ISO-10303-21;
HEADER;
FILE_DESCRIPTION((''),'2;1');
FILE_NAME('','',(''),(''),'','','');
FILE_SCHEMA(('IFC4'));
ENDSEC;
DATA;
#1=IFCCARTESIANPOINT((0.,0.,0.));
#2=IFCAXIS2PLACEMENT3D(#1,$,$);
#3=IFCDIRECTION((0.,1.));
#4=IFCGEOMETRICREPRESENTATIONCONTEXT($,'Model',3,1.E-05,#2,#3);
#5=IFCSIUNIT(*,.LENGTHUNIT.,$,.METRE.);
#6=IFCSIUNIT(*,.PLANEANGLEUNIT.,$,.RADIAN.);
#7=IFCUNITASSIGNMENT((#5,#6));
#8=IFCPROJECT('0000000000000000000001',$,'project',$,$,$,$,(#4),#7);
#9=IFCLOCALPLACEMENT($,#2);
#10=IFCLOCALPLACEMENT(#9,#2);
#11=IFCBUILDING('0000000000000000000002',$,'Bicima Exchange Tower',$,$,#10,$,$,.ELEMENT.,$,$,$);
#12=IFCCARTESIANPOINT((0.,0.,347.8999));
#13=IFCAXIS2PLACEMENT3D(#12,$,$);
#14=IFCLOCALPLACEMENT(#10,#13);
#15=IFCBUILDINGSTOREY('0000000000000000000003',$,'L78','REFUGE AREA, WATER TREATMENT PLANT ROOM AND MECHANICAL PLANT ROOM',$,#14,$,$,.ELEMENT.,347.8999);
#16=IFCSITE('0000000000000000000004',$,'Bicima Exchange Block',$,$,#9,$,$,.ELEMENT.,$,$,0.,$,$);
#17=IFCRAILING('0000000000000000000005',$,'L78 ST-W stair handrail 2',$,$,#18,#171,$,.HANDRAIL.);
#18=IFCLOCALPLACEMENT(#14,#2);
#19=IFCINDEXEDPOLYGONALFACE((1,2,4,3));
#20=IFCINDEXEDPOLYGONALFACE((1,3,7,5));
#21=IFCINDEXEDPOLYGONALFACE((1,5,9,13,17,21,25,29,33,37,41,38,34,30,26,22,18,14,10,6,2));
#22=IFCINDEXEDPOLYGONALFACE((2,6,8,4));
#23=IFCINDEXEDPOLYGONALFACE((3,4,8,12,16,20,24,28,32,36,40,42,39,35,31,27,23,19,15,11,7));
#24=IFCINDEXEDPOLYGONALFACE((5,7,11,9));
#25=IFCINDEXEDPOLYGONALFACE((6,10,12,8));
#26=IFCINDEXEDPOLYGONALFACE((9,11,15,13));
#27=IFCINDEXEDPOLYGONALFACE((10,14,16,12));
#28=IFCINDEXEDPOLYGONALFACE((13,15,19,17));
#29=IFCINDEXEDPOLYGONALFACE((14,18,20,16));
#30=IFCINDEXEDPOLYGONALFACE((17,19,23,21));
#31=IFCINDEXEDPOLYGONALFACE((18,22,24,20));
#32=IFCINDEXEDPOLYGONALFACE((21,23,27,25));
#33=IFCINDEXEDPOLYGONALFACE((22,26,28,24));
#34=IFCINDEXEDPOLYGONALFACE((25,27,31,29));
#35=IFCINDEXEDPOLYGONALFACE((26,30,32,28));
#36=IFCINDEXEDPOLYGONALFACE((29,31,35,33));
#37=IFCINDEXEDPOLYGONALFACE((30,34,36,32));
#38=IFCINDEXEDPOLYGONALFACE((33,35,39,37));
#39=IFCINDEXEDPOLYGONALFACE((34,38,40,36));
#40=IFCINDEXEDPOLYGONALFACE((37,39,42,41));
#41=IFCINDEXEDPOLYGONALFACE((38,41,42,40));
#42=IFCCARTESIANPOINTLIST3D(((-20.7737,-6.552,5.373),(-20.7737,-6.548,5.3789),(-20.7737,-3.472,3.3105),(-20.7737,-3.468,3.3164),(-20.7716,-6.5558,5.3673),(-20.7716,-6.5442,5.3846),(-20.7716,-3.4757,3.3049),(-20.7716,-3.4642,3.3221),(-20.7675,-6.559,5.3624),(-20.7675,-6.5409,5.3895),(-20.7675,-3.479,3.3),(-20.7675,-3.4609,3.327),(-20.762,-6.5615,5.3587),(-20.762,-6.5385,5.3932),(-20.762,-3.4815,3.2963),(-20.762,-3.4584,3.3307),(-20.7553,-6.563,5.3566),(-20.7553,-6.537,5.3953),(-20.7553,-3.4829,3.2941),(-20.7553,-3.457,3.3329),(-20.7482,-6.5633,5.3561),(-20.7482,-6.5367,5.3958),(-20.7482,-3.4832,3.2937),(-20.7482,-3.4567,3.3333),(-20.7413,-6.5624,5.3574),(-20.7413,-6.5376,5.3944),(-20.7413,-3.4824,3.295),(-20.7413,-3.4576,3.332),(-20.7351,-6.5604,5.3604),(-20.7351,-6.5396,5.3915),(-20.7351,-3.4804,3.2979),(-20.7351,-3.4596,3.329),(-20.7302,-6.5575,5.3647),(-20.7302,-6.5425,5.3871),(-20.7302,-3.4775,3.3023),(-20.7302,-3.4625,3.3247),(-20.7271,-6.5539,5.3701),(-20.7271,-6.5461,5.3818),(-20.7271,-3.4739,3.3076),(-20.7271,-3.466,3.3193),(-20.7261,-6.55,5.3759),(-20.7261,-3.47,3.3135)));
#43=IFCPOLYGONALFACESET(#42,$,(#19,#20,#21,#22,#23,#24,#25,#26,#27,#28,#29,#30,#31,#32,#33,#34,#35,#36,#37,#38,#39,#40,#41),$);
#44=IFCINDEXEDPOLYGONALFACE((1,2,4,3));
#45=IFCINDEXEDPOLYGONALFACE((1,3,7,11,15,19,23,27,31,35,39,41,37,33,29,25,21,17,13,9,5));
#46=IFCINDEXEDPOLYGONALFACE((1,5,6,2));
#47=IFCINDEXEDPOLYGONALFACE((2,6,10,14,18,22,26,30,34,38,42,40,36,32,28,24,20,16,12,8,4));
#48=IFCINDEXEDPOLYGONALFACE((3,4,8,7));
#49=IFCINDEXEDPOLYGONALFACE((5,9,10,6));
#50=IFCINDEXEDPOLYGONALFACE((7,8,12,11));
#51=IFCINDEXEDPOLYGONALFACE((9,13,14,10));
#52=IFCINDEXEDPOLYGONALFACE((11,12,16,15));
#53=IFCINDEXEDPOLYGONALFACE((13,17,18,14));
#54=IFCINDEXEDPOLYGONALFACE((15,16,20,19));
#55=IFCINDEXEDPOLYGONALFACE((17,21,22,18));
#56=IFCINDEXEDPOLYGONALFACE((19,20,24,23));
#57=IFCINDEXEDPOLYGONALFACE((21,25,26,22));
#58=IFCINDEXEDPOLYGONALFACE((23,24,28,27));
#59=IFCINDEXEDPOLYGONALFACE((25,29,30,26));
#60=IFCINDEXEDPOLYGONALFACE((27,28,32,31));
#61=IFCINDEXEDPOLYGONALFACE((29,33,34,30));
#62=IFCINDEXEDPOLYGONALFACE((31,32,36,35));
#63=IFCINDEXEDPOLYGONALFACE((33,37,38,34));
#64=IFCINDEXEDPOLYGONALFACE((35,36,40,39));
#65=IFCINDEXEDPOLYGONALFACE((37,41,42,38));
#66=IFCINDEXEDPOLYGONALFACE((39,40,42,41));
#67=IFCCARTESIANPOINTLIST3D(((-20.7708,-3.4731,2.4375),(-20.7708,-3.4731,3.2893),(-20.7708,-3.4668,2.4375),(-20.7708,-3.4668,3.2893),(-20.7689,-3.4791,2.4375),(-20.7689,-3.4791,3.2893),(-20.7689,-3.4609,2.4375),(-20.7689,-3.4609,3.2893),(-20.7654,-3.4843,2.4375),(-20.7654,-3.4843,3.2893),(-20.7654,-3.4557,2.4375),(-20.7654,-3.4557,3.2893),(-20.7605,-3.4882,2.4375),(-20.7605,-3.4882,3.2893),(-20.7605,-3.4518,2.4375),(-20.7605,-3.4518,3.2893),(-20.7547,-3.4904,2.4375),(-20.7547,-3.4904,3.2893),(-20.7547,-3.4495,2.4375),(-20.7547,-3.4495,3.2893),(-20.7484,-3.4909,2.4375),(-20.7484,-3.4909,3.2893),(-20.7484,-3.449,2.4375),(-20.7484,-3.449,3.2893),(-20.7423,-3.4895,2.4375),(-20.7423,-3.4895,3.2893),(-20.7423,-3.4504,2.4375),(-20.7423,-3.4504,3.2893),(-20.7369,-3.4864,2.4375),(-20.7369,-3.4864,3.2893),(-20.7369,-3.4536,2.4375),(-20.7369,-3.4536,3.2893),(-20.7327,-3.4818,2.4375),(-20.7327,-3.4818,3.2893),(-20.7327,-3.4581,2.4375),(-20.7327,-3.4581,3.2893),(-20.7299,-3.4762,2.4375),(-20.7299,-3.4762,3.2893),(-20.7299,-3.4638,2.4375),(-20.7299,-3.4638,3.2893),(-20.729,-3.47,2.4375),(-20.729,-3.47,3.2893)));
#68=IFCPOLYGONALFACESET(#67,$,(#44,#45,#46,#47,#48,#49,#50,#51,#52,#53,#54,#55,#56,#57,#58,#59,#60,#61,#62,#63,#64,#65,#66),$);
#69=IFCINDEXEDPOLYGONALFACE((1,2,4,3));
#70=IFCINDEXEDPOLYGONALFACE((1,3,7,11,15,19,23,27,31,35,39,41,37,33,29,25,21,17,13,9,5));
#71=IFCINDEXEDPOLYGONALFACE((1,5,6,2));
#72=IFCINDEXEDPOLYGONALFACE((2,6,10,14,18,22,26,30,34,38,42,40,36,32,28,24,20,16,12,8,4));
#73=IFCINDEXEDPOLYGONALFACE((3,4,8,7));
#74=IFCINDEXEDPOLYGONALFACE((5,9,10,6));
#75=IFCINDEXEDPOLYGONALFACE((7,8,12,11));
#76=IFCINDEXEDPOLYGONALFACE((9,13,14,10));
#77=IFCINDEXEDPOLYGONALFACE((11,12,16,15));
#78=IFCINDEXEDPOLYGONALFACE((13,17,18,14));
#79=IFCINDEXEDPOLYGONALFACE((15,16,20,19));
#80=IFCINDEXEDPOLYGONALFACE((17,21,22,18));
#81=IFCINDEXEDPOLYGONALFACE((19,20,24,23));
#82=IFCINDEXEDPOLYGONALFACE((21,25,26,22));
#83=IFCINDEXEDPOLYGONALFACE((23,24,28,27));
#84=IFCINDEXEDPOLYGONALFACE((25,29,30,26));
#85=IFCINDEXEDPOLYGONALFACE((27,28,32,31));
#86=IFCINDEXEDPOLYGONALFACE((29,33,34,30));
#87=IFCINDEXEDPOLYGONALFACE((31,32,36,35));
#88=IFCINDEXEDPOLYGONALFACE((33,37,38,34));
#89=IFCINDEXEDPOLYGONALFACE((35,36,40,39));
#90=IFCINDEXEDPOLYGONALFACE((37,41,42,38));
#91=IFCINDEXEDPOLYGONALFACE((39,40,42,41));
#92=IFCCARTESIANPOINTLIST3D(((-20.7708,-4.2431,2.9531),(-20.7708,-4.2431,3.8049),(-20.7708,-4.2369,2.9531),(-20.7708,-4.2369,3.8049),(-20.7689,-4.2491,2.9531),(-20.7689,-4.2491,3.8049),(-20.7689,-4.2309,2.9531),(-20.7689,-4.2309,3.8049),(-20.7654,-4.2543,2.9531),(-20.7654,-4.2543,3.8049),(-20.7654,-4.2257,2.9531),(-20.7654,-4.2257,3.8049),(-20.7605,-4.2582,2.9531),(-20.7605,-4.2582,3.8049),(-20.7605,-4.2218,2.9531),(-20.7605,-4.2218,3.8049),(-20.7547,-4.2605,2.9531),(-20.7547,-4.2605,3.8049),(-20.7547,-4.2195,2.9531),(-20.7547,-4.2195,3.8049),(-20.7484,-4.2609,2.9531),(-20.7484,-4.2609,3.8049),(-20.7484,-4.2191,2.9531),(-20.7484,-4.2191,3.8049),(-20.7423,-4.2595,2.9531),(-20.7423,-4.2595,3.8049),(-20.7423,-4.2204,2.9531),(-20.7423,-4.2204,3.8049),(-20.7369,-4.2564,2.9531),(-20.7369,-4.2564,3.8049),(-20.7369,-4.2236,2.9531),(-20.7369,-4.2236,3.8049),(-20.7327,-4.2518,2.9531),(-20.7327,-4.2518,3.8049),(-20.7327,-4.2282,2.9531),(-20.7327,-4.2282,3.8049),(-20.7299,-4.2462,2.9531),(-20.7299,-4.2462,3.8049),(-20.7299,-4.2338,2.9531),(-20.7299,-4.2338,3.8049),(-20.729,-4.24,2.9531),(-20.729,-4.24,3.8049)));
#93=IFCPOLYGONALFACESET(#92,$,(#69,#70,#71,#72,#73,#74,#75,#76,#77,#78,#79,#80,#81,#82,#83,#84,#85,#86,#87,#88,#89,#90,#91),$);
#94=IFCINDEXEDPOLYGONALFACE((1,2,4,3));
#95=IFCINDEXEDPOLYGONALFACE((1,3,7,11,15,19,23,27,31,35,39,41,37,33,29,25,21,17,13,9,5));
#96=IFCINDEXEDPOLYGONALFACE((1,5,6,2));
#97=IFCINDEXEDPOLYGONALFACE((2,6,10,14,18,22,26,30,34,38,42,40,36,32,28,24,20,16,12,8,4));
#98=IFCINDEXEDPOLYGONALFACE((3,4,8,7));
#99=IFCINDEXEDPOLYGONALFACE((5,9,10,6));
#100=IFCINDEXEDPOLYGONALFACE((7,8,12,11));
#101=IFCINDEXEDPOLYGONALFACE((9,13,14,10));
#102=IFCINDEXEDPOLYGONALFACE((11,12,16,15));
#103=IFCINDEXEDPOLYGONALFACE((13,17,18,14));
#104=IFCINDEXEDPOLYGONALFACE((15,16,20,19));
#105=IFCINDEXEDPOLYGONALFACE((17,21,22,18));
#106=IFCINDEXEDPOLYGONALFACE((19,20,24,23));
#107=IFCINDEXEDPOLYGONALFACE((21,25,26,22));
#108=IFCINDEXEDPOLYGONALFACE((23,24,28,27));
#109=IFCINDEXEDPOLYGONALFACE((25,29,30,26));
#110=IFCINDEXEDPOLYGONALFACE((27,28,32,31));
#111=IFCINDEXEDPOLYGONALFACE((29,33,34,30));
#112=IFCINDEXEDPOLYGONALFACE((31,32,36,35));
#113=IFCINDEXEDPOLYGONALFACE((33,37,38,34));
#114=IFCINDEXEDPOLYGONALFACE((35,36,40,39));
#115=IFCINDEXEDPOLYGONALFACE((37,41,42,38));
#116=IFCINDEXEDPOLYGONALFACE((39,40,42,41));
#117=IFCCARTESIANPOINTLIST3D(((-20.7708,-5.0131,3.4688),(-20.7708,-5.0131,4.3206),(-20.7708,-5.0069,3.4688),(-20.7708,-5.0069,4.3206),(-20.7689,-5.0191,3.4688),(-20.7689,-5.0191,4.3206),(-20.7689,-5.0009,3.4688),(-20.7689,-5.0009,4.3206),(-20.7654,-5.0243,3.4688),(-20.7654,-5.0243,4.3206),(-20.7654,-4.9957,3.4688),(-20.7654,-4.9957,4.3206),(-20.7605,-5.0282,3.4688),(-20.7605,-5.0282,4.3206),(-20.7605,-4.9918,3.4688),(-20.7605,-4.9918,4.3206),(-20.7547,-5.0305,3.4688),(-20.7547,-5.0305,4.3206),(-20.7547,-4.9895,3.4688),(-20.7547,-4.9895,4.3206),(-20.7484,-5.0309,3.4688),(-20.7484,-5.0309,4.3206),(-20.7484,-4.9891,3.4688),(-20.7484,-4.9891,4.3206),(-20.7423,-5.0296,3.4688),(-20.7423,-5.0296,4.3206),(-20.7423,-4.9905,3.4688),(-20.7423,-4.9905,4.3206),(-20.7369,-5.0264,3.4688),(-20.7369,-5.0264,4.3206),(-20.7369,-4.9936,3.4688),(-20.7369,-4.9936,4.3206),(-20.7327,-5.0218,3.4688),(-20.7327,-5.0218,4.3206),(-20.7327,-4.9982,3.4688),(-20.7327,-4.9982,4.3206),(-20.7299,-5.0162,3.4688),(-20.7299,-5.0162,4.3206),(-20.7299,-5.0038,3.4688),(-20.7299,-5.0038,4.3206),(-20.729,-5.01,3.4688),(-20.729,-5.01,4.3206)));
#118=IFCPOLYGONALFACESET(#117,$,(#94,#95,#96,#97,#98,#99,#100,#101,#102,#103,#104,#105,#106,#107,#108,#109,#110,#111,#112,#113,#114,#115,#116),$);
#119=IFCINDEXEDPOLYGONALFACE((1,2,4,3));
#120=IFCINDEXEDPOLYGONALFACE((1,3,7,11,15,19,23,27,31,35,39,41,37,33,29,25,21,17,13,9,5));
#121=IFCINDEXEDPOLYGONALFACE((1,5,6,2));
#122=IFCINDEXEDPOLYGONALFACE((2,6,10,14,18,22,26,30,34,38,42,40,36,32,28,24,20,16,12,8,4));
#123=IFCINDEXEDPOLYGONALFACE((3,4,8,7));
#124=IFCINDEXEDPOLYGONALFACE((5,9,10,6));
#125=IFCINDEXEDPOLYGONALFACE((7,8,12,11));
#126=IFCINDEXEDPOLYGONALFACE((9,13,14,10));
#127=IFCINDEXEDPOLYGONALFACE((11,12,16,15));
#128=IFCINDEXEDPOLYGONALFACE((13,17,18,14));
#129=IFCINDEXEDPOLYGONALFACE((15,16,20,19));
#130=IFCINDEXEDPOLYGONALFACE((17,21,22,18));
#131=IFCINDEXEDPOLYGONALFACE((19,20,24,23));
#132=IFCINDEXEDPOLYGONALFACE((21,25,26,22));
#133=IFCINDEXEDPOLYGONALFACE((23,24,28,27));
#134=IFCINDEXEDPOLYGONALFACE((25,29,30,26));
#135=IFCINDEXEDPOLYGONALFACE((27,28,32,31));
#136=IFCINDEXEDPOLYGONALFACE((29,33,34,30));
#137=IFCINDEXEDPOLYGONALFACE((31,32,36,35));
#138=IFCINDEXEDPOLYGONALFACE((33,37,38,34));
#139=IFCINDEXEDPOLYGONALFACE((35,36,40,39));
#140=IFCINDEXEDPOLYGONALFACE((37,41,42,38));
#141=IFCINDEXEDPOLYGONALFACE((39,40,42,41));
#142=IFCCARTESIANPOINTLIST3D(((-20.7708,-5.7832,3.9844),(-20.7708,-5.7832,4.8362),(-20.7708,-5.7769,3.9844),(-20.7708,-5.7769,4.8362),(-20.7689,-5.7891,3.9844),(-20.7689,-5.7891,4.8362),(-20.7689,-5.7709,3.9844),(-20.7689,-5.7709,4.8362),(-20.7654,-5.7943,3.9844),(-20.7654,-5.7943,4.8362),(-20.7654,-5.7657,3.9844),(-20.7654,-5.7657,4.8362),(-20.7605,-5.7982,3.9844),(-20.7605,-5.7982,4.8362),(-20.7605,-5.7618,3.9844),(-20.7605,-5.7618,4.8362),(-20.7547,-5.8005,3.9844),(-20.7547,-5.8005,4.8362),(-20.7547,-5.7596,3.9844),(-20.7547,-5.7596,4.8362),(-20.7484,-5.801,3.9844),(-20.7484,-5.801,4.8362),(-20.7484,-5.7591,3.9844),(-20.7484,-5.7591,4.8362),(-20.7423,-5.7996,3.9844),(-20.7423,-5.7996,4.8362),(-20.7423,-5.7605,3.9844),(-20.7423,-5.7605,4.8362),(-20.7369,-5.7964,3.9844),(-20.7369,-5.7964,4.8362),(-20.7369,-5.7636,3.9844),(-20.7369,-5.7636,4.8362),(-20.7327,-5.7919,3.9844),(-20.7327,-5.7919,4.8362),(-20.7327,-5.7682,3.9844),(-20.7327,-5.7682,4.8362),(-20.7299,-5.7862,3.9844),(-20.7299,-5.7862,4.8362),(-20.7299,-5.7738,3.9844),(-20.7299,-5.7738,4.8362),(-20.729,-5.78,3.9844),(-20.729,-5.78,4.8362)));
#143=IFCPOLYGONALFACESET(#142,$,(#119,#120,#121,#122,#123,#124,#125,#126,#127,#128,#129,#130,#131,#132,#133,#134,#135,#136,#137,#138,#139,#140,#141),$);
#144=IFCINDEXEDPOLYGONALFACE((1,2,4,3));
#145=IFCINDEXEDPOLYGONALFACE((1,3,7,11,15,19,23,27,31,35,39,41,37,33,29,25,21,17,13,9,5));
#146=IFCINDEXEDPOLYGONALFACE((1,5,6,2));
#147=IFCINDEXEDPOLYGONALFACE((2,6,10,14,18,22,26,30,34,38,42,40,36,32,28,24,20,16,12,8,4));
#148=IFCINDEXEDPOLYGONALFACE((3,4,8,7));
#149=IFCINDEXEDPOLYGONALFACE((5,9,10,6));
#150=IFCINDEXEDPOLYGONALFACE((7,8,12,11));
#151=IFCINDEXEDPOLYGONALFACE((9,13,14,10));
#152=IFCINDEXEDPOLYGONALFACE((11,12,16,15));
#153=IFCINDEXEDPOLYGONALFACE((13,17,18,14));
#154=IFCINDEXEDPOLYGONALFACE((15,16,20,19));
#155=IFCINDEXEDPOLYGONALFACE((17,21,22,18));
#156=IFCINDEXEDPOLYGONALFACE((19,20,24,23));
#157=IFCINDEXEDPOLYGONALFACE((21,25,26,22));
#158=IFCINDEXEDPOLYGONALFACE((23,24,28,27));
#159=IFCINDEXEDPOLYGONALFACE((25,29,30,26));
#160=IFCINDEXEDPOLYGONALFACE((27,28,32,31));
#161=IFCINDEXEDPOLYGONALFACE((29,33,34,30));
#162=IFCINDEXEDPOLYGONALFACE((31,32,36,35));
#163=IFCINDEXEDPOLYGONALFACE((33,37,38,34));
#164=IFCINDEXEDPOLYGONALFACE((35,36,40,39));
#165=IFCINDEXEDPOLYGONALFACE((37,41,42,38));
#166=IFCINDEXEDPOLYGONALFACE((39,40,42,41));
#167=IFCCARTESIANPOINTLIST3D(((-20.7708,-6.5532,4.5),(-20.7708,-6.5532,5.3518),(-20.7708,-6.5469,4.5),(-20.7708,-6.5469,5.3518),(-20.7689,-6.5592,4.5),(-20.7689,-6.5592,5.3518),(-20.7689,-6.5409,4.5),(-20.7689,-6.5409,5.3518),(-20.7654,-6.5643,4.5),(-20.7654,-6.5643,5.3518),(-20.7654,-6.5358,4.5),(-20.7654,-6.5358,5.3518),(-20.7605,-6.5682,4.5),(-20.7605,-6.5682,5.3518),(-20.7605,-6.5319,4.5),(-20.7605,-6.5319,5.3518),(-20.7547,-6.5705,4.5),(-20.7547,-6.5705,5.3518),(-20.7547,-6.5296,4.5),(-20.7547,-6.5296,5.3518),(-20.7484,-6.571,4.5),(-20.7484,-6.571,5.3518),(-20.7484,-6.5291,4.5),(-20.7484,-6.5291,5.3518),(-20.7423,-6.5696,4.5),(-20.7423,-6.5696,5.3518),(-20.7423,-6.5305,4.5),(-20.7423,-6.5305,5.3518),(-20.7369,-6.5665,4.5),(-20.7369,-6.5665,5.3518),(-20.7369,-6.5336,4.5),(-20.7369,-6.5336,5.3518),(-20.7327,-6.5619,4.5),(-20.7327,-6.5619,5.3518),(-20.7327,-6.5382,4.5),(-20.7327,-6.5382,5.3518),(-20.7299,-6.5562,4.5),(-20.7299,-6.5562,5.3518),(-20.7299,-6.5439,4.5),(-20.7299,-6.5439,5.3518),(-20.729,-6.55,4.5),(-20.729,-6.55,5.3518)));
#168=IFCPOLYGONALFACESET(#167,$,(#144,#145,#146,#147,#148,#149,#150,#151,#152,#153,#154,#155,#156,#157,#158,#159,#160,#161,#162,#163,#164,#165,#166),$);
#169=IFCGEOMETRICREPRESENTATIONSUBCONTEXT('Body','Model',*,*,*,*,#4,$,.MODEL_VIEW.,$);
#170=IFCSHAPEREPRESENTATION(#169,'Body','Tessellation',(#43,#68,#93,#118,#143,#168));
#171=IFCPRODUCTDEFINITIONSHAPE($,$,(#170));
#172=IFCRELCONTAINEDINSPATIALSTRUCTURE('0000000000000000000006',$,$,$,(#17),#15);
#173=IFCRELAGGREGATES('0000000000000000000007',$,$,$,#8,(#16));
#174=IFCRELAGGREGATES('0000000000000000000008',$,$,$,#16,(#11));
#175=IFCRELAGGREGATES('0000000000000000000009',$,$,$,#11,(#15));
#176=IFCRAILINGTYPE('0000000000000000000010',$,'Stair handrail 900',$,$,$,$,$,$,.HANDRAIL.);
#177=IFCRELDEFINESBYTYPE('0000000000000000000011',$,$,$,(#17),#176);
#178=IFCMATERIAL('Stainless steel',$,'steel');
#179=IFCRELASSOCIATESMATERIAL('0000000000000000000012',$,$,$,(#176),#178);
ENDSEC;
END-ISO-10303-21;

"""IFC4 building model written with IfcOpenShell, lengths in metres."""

from ifc_helpers import new_model, si_unit, direction, frame, origin, origin_2d, place, context, subcontext, project, spatial, circle, extrude, material, type_object, element, save


model = new_model("IFC4")

# Units and contexts
model_context = context("Model", 3, precision=1e-05, world=origin(), true_north=direction((0.0, 1.0)))
body_context = subcontext(model_context, "Body", "Model", "MODEL_VIEW")
ifc_project = project(units=[si_unit("LENGTHUNIT", "METRE"), si_unit("PLANEANGLEUNIT", "RADIAN")], contexts=[model_context])

# Site, building, storey
site_placement = place(None, origin())
site = spatial("IfcSite", under=ifc_project, at=site_placement, Name="Bicima Exchange Block", CompositionType="ELEMENT", RefElevation=0.0)
building_placement = place(site_placement, origin())
building = spatial("IfcBuilding", under=site, at=building_placement, Name="Bicima Exchange Tower", CompositionType="ELEMENT")
storey_placement = place(building_placement, frame((0.0, 0.0, 347.8999)))
storey = spatial("IfcBuildingStorey", under=building, at=storey_placement, Name="L78", Description="REFUGE AREA, WATER TREATMENT PLANT ROOM AND MECHANICAL PLANT ROOM", CompositionType="ELEMENT", Elevation=347.8999)

# Shared definitions
ifc_material_1 = material(Name="Stainless steel", Category="steel")

# Railing
railing_type_1 = type_object("IfcRailingType", Name="Stair handrail 900", PredefinedType="HANDRAIL", material=ifc_material_1)
railing_1_placement = place(storey_placement, frame((-20.75, -3.47, 2.4375)))
element("IfcRailing", 1, at=railing_1_placement, inside=storey, type_object=railing_type_1, Name="L78 ST-W stair handrail 2", PredefinedType="HANDRAIL", context=body_context, shape_type="SweptSolid", body=[
    extrude(circle(Radius=0.0239, at=origin_2d()), frame((0.0, 0.0, 0.876), z_axis=(0.0, -0.830914, 0.556401), x_axis=(1.0, 0.0, 0.0)), (0.0, 0.0, 1.0), 3.7068),
    extrude(circle(Radius=0.021, at=origin_2d()), origin(), (0.0, 0.0, 1.0), 0.8518),
    extrude(circle(Radius=0.021, at=origin_2d()), frame((0.0, -0.77, 0.5156)), (0.0, 0.0, 1.0), 0.8518),
    extrude(circle(Radius=0.021, at=origin_2d()), frame((0.0, -1.54, 1.0312)), (0.0, 0.0, 1.0), 0.8518),
    extrude(circle(Radius=0.021, at=origin_2d()), frame((0.0, -2.3101, 1.5469)), (0.0, 0.0, 1.0), 0.8518),
    extrude(circle(Radius=0.021, at=origin_2d()), frame((0.0, -3.0801, 2.0625)), (0.0, 0.0, 1.0), 0.8518),
])

save(model, "model.ifc")
